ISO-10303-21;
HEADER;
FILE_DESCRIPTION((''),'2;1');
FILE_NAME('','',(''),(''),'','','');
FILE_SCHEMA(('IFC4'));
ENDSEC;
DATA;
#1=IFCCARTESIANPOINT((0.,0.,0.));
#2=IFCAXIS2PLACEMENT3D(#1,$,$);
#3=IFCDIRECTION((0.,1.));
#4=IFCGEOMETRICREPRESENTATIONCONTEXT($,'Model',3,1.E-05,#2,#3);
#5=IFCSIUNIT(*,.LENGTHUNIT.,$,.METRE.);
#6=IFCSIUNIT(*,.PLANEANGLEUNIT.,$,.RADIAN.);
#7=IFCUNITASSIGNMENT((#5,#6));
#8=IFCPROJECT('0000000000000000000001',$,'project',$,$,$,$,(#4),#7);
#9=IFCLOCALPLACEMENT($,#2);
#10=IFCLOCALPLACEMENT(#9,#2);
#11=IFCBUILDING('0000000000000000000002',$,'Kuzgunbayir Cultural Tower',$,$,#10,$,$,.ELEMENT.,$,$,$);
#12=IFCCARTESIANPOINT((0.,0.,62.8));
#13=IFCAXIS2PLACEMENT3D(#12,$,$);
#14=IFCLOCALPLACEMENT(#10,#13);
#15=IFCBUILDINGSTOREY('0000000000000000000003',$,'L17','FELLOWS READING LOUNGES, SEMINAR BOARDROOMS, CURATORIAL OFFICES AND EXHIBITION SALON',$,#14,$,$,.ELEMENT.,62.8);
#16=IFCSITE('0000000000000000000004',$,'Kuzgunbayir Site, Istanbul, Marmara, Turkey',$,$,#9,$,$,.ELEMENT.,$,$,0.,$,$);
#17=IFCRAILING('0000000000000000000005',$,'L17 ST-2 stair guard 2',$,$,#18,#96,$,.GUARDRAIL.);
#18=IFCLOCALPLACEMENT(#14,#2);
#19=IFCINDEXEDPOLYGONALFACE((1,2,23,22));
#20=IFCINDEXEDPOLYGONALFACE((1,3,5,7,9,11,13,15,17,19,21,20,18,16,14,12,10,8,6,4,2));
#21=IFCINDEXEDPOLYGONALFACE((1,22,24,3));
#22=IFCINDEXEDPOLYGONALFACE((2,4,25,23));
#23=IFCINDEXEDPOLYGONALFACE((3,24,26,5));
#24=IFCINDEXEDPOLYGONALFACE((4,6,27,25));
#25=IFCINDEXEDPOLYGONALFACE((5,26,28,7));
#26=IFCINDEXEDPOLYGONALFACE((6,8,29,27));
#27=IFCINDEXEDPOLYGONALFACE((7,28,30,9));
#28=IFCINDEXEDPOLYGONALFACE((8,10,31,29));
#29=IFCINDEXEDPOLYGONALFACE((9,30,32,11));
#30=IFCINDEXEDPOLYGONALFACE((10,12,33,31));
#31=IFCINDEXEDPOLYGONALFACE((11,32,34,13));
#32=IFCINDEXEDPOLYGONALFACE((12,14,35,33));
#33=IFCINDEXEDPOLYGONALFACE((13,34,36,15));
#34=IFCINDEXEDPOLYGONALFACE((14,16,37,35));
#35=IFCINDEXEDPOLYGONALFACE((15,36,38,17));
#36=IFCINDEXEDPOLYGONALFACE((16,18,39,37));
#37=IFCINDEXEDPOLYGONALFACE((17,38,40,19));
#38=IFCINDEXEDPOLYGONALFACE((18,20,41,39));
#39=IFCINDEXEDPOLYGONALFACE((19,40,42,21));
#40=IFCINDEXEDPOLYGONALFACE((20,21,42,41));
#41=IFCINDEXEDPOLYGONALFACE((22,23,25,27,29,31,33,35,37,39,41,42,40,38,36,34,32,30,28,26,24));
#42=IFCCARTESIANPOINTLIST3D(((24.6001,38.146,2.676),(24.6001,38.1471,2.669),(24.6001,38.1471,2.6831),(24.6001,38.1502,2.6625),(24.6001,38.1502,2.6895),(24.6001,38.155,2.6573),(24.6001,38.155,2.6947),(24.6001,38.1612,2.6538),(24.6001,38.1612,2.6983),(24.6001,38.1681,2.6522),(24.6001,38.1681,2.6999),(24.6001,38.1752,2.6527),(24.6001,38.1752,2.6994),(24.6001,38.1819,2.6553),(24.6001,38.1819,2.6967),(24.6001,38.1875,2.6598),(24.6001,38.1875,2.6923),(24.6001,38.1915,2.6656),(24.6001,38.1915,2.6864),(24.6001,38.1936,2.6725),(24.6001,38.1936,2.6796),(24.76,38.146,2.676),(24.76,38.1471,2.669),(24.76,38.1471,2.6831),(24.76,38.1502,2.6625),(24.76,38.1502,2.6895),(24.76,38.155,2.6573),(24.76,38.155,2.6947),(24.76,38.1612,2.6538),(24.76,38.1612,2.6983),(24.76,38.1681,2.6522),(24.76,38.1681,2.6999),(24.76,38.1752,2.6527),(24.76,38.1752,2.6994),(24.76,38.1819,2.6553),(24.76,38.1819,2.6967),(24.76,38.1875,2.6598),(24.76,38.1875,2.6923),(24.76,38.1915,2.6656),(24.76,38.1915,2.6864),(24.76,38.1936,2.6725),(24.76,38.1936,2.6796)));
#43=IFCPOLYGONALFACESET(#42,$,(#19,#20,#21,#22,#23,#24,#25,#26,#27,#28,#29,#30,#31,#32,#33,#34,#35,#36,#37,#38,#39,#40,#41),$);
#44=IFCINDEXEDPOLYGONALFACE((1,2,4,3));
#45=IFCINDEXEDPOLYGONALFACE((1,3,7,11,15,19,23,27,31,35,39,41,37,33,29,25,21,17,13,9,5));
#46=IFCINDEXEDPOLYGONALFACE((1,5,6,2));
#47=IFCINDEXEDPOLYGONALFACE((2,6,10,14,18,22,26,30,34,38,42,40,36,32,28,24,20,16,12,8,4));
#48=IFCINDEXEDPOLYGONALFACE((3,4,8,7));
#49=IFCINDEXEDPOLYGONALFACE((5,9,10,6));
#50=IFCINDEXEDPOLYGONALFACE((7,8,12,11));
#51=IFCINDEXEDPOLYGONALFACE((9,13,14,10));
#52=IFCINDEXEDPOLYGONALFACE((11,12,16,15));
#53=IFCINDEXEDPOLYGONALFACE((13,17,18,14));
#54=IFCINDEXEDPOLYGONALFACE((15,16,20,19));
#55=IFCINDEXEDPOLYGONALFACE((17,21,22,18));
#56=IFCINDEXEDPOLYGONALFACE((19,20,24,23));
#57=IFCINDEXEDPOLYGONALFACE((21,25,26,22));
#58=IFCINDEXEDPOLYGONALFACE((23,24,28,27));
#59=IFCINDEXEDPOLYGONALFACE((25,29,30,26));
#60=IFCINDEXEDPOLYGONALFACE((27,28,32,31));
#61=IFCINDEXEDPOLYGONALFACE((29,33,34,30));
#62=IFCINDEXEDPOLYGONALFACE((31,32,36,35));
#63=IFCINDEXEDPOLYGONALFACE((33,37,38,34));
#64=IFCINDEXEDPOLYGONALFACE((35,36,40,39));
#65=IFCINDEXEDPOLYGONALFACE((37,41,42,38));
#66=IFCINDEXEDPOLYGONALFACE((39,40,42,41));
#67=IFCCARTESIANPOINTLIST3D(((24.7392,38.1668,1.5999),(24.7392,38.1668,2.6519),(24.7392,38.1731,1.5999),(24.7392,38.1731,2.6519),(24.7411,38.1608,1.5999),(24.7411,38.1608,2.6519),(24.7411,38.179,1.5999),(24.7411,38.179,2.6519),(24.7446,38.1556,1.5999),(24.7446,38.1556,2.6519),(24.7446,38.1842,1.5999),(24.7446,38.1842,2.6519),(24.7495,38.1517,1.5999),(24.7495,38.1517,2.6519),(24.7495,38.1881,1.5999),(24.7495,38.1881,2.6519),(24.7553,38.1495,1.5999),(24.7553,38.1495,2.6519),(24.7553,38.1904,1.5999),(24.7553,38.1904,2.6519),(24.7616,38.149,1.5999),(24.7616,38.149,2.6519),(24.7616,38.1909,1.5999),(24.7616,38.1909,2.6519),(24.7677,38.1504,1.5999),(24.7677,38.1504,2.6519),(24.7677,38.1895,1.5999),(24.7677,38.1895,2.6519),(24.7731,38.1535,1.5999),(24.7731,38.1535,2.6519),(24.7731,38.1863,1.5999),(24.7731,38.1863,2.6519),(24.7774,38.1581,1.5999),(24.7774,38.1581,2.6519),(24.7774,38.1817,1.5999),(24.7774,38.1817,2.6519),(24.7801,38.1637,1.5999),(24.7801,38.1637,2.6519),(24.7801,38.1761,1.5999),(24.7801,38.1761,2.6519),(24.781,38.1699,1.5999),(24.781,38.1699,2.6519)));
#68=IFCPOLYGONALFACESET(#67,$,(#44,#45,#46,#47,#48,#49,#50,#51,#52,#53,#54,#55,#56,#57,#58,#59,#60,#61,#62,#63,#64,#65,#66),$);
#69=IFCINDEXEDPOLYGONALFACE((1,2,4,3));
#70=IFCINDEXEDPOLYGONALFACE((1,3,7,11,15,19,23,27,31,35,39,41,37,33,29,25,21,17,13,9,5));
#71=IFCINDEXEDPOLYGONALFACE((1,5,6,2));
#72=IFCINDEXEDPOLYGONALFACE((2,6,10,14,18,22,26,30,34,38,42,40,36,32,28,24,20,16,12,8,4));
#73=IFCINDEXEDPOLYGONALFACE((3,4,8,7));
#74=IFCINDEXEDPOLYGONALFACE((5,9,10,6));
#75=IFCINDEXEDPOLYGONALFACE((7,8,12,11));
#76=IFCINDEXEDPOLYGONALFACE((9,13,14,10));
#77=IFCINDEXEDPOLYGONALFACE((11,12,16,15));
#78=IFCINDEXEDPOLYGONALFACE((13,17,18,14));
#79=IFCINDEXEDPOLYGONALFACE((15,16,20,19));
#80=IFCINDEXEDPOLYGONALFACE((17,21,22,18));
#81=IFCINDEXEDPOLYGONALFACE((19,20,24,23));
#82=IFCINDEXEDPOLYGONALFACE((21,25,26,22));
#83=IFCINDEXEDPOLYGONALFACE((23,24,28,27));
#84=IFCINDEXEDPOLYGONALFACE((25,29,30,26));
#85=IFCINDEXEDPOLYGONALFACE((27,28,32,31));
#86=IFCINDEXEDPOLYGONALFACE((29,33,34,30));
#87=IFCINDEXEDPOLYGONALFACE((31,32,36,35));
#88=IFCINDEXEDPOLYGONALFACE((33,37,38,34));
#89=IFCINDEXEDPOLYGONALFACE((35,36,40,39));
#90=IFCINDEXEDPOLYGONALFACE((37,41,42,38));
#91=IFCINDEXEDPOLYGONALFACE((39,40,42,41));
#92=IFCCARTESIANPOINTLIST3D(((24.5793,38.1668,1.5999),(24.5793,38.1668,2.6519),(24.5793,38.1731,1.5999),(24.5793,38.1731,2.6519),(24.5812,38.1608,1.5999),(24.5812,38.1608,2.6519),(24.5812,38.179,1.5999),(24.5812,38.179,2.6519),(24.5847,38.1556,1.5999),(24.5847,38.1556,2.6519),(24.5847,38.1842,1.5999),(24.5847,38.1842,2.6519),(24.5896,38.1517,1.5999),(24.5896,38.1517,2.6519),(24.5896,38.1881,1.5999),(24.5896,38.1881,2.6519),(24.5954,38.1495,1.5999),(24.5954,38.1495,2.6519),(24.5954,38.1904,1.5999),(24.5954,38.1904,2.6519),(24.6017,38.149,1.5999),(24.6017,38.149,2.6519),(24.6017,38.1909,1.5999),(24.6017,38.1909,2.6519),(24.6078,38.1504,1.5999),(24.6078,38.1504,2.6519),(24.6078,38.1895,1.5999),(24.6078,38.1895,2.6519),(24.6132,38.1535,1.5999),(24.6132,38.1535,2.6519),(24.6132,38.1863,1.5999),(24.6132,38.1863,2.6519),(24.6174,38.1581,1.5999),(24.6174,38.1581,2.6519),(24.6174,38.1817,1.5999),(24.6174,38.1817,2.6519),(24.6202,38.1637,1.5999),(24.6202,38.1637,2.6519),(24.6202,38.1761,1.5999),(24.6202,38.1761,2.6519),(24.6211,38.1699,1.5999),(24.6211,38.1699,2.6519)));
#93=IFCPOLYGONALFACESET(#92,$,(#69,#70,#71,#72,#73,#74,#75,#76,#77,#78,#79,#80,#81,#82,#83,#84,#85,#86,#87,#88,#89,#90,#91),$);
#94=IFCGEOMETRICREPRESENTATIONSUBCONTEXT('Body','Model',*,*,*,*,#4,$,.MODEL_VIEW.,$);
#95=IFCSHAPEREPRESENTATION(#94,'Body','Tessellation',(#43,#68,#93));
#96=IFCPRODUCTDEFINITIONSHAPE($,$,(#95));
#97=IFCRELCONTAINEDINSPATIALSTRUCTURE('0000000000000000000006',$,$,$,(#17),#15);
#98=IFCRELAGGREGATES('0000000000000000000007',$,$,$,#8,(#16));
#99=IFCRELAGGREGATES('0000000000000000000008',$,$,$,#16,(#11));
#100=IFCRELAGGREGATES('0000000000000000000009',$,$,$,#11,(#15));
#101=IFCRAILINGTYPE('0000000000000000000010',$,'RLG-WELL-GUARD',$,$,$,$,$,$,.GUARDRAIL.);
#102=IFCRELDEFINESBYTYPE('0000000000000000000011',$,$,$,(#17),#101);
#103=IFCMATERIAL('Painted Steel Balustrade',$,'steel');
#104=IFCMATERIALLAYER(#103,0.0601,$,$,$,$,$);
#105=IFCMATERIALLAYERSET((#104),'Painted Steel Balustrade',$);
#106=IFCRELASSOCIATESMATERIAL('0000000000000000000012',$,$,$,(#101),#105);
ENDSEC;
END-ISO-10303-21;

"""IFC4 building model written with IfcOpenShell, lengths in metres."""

from ifc_helpers import new_model, si_unit, direction, frame, origin, origin_2d, place, context, subcontext, project, spatial, circle, extrude, material, layer, layer_set, type_object, element, save


model = new_model("IFC4")

# Units and contexts
model_context = context("Model", 3, precision=1e-05, world=origin(), true_north=direction((0.0, 1.0)))
body_context = subcontext(model_context, "Body", "Model", "MODEL_VIEW")
ifc_project = project(units=[si_unit("LENGTHUNIT", "METRE"), si_unit("PLANEANGLEUNIT", "RADIAN")], contexts=[model_context])

# Site, building, storey
site_placement = place(None, origin())
site = spatial("IfcSite", under=ifc_project, at=site_placement, Name="Kuzgunbayir Site, Istanbul, Marmara, Turkey", CompositionType="ELEMENT", RefElevation=0.0)
building_placement = place(site_placement, origin())
building = spatial("IfcBuilding", under=site, at=building_placement, Name="Kuzgunbayir Cultural Tower", CompositionType="ELEMENT")
storey_placement = place(building_placement, frame((0.0, 0.0, 62.8)))
storey = spatial("IfcBuildingStorey", under=building, at=storey_placement, Name="L17", Description="FELLOWS READING LOUNGES, SEMINAR BOARDROOMS, CURATORIAL OFFICES AND EXHIBITION SALON", CompositionType="ELEMENT", Elevation=62.8)

# Railing
ifc_material_1 = material(Name="Painted Steel Balustrade", Category="steel")
ifc_layer_1 = layer(ifc_material_1, 0.0601)
ifc_layer_set_1 = layer_set([ifc_layer_1], Name="Painted Steel Balustrade")
railing_type_1 = type_object("IfcRailingType", Name="RLG-WELL-GUARD", PredefinedType="GUARDRAIL", material=ifc_layer_set_1)
railing_1_placement = place(storey_placement, frame((24.76, 38.1699, 1.5999)))
element("IfcRailing", 1, at=railing_1_placement, inside=storey, type_object=railing_type_1, Name="L17 ST-2 stair guard 2", PredefinedType="GUARDRAIL", context=body_context, shape_type="SweptSolid", body=[
    extrude(circle(Radius=0.0239, at=origin_2d()), frame((0.0, 0.0, 1.0762), z_axis=(-1.0, 0.0, 0.0), x_axis=(0.0, -1.0, 0.0)), (0.0, 0.0, 1.0), 0.1599),
    extrude(circle(Radius=0.021, at=origin_2d()), origin(), (0.0, 0.0, 1.0), 1.052),
    extrude(circle(Radius=0.021, at=origin_2d()), frame((-0.1599, 0.0, 0.0)), (0.0, 0.0, 1.0), 1.052),
])

save(model, "model.ifc")
